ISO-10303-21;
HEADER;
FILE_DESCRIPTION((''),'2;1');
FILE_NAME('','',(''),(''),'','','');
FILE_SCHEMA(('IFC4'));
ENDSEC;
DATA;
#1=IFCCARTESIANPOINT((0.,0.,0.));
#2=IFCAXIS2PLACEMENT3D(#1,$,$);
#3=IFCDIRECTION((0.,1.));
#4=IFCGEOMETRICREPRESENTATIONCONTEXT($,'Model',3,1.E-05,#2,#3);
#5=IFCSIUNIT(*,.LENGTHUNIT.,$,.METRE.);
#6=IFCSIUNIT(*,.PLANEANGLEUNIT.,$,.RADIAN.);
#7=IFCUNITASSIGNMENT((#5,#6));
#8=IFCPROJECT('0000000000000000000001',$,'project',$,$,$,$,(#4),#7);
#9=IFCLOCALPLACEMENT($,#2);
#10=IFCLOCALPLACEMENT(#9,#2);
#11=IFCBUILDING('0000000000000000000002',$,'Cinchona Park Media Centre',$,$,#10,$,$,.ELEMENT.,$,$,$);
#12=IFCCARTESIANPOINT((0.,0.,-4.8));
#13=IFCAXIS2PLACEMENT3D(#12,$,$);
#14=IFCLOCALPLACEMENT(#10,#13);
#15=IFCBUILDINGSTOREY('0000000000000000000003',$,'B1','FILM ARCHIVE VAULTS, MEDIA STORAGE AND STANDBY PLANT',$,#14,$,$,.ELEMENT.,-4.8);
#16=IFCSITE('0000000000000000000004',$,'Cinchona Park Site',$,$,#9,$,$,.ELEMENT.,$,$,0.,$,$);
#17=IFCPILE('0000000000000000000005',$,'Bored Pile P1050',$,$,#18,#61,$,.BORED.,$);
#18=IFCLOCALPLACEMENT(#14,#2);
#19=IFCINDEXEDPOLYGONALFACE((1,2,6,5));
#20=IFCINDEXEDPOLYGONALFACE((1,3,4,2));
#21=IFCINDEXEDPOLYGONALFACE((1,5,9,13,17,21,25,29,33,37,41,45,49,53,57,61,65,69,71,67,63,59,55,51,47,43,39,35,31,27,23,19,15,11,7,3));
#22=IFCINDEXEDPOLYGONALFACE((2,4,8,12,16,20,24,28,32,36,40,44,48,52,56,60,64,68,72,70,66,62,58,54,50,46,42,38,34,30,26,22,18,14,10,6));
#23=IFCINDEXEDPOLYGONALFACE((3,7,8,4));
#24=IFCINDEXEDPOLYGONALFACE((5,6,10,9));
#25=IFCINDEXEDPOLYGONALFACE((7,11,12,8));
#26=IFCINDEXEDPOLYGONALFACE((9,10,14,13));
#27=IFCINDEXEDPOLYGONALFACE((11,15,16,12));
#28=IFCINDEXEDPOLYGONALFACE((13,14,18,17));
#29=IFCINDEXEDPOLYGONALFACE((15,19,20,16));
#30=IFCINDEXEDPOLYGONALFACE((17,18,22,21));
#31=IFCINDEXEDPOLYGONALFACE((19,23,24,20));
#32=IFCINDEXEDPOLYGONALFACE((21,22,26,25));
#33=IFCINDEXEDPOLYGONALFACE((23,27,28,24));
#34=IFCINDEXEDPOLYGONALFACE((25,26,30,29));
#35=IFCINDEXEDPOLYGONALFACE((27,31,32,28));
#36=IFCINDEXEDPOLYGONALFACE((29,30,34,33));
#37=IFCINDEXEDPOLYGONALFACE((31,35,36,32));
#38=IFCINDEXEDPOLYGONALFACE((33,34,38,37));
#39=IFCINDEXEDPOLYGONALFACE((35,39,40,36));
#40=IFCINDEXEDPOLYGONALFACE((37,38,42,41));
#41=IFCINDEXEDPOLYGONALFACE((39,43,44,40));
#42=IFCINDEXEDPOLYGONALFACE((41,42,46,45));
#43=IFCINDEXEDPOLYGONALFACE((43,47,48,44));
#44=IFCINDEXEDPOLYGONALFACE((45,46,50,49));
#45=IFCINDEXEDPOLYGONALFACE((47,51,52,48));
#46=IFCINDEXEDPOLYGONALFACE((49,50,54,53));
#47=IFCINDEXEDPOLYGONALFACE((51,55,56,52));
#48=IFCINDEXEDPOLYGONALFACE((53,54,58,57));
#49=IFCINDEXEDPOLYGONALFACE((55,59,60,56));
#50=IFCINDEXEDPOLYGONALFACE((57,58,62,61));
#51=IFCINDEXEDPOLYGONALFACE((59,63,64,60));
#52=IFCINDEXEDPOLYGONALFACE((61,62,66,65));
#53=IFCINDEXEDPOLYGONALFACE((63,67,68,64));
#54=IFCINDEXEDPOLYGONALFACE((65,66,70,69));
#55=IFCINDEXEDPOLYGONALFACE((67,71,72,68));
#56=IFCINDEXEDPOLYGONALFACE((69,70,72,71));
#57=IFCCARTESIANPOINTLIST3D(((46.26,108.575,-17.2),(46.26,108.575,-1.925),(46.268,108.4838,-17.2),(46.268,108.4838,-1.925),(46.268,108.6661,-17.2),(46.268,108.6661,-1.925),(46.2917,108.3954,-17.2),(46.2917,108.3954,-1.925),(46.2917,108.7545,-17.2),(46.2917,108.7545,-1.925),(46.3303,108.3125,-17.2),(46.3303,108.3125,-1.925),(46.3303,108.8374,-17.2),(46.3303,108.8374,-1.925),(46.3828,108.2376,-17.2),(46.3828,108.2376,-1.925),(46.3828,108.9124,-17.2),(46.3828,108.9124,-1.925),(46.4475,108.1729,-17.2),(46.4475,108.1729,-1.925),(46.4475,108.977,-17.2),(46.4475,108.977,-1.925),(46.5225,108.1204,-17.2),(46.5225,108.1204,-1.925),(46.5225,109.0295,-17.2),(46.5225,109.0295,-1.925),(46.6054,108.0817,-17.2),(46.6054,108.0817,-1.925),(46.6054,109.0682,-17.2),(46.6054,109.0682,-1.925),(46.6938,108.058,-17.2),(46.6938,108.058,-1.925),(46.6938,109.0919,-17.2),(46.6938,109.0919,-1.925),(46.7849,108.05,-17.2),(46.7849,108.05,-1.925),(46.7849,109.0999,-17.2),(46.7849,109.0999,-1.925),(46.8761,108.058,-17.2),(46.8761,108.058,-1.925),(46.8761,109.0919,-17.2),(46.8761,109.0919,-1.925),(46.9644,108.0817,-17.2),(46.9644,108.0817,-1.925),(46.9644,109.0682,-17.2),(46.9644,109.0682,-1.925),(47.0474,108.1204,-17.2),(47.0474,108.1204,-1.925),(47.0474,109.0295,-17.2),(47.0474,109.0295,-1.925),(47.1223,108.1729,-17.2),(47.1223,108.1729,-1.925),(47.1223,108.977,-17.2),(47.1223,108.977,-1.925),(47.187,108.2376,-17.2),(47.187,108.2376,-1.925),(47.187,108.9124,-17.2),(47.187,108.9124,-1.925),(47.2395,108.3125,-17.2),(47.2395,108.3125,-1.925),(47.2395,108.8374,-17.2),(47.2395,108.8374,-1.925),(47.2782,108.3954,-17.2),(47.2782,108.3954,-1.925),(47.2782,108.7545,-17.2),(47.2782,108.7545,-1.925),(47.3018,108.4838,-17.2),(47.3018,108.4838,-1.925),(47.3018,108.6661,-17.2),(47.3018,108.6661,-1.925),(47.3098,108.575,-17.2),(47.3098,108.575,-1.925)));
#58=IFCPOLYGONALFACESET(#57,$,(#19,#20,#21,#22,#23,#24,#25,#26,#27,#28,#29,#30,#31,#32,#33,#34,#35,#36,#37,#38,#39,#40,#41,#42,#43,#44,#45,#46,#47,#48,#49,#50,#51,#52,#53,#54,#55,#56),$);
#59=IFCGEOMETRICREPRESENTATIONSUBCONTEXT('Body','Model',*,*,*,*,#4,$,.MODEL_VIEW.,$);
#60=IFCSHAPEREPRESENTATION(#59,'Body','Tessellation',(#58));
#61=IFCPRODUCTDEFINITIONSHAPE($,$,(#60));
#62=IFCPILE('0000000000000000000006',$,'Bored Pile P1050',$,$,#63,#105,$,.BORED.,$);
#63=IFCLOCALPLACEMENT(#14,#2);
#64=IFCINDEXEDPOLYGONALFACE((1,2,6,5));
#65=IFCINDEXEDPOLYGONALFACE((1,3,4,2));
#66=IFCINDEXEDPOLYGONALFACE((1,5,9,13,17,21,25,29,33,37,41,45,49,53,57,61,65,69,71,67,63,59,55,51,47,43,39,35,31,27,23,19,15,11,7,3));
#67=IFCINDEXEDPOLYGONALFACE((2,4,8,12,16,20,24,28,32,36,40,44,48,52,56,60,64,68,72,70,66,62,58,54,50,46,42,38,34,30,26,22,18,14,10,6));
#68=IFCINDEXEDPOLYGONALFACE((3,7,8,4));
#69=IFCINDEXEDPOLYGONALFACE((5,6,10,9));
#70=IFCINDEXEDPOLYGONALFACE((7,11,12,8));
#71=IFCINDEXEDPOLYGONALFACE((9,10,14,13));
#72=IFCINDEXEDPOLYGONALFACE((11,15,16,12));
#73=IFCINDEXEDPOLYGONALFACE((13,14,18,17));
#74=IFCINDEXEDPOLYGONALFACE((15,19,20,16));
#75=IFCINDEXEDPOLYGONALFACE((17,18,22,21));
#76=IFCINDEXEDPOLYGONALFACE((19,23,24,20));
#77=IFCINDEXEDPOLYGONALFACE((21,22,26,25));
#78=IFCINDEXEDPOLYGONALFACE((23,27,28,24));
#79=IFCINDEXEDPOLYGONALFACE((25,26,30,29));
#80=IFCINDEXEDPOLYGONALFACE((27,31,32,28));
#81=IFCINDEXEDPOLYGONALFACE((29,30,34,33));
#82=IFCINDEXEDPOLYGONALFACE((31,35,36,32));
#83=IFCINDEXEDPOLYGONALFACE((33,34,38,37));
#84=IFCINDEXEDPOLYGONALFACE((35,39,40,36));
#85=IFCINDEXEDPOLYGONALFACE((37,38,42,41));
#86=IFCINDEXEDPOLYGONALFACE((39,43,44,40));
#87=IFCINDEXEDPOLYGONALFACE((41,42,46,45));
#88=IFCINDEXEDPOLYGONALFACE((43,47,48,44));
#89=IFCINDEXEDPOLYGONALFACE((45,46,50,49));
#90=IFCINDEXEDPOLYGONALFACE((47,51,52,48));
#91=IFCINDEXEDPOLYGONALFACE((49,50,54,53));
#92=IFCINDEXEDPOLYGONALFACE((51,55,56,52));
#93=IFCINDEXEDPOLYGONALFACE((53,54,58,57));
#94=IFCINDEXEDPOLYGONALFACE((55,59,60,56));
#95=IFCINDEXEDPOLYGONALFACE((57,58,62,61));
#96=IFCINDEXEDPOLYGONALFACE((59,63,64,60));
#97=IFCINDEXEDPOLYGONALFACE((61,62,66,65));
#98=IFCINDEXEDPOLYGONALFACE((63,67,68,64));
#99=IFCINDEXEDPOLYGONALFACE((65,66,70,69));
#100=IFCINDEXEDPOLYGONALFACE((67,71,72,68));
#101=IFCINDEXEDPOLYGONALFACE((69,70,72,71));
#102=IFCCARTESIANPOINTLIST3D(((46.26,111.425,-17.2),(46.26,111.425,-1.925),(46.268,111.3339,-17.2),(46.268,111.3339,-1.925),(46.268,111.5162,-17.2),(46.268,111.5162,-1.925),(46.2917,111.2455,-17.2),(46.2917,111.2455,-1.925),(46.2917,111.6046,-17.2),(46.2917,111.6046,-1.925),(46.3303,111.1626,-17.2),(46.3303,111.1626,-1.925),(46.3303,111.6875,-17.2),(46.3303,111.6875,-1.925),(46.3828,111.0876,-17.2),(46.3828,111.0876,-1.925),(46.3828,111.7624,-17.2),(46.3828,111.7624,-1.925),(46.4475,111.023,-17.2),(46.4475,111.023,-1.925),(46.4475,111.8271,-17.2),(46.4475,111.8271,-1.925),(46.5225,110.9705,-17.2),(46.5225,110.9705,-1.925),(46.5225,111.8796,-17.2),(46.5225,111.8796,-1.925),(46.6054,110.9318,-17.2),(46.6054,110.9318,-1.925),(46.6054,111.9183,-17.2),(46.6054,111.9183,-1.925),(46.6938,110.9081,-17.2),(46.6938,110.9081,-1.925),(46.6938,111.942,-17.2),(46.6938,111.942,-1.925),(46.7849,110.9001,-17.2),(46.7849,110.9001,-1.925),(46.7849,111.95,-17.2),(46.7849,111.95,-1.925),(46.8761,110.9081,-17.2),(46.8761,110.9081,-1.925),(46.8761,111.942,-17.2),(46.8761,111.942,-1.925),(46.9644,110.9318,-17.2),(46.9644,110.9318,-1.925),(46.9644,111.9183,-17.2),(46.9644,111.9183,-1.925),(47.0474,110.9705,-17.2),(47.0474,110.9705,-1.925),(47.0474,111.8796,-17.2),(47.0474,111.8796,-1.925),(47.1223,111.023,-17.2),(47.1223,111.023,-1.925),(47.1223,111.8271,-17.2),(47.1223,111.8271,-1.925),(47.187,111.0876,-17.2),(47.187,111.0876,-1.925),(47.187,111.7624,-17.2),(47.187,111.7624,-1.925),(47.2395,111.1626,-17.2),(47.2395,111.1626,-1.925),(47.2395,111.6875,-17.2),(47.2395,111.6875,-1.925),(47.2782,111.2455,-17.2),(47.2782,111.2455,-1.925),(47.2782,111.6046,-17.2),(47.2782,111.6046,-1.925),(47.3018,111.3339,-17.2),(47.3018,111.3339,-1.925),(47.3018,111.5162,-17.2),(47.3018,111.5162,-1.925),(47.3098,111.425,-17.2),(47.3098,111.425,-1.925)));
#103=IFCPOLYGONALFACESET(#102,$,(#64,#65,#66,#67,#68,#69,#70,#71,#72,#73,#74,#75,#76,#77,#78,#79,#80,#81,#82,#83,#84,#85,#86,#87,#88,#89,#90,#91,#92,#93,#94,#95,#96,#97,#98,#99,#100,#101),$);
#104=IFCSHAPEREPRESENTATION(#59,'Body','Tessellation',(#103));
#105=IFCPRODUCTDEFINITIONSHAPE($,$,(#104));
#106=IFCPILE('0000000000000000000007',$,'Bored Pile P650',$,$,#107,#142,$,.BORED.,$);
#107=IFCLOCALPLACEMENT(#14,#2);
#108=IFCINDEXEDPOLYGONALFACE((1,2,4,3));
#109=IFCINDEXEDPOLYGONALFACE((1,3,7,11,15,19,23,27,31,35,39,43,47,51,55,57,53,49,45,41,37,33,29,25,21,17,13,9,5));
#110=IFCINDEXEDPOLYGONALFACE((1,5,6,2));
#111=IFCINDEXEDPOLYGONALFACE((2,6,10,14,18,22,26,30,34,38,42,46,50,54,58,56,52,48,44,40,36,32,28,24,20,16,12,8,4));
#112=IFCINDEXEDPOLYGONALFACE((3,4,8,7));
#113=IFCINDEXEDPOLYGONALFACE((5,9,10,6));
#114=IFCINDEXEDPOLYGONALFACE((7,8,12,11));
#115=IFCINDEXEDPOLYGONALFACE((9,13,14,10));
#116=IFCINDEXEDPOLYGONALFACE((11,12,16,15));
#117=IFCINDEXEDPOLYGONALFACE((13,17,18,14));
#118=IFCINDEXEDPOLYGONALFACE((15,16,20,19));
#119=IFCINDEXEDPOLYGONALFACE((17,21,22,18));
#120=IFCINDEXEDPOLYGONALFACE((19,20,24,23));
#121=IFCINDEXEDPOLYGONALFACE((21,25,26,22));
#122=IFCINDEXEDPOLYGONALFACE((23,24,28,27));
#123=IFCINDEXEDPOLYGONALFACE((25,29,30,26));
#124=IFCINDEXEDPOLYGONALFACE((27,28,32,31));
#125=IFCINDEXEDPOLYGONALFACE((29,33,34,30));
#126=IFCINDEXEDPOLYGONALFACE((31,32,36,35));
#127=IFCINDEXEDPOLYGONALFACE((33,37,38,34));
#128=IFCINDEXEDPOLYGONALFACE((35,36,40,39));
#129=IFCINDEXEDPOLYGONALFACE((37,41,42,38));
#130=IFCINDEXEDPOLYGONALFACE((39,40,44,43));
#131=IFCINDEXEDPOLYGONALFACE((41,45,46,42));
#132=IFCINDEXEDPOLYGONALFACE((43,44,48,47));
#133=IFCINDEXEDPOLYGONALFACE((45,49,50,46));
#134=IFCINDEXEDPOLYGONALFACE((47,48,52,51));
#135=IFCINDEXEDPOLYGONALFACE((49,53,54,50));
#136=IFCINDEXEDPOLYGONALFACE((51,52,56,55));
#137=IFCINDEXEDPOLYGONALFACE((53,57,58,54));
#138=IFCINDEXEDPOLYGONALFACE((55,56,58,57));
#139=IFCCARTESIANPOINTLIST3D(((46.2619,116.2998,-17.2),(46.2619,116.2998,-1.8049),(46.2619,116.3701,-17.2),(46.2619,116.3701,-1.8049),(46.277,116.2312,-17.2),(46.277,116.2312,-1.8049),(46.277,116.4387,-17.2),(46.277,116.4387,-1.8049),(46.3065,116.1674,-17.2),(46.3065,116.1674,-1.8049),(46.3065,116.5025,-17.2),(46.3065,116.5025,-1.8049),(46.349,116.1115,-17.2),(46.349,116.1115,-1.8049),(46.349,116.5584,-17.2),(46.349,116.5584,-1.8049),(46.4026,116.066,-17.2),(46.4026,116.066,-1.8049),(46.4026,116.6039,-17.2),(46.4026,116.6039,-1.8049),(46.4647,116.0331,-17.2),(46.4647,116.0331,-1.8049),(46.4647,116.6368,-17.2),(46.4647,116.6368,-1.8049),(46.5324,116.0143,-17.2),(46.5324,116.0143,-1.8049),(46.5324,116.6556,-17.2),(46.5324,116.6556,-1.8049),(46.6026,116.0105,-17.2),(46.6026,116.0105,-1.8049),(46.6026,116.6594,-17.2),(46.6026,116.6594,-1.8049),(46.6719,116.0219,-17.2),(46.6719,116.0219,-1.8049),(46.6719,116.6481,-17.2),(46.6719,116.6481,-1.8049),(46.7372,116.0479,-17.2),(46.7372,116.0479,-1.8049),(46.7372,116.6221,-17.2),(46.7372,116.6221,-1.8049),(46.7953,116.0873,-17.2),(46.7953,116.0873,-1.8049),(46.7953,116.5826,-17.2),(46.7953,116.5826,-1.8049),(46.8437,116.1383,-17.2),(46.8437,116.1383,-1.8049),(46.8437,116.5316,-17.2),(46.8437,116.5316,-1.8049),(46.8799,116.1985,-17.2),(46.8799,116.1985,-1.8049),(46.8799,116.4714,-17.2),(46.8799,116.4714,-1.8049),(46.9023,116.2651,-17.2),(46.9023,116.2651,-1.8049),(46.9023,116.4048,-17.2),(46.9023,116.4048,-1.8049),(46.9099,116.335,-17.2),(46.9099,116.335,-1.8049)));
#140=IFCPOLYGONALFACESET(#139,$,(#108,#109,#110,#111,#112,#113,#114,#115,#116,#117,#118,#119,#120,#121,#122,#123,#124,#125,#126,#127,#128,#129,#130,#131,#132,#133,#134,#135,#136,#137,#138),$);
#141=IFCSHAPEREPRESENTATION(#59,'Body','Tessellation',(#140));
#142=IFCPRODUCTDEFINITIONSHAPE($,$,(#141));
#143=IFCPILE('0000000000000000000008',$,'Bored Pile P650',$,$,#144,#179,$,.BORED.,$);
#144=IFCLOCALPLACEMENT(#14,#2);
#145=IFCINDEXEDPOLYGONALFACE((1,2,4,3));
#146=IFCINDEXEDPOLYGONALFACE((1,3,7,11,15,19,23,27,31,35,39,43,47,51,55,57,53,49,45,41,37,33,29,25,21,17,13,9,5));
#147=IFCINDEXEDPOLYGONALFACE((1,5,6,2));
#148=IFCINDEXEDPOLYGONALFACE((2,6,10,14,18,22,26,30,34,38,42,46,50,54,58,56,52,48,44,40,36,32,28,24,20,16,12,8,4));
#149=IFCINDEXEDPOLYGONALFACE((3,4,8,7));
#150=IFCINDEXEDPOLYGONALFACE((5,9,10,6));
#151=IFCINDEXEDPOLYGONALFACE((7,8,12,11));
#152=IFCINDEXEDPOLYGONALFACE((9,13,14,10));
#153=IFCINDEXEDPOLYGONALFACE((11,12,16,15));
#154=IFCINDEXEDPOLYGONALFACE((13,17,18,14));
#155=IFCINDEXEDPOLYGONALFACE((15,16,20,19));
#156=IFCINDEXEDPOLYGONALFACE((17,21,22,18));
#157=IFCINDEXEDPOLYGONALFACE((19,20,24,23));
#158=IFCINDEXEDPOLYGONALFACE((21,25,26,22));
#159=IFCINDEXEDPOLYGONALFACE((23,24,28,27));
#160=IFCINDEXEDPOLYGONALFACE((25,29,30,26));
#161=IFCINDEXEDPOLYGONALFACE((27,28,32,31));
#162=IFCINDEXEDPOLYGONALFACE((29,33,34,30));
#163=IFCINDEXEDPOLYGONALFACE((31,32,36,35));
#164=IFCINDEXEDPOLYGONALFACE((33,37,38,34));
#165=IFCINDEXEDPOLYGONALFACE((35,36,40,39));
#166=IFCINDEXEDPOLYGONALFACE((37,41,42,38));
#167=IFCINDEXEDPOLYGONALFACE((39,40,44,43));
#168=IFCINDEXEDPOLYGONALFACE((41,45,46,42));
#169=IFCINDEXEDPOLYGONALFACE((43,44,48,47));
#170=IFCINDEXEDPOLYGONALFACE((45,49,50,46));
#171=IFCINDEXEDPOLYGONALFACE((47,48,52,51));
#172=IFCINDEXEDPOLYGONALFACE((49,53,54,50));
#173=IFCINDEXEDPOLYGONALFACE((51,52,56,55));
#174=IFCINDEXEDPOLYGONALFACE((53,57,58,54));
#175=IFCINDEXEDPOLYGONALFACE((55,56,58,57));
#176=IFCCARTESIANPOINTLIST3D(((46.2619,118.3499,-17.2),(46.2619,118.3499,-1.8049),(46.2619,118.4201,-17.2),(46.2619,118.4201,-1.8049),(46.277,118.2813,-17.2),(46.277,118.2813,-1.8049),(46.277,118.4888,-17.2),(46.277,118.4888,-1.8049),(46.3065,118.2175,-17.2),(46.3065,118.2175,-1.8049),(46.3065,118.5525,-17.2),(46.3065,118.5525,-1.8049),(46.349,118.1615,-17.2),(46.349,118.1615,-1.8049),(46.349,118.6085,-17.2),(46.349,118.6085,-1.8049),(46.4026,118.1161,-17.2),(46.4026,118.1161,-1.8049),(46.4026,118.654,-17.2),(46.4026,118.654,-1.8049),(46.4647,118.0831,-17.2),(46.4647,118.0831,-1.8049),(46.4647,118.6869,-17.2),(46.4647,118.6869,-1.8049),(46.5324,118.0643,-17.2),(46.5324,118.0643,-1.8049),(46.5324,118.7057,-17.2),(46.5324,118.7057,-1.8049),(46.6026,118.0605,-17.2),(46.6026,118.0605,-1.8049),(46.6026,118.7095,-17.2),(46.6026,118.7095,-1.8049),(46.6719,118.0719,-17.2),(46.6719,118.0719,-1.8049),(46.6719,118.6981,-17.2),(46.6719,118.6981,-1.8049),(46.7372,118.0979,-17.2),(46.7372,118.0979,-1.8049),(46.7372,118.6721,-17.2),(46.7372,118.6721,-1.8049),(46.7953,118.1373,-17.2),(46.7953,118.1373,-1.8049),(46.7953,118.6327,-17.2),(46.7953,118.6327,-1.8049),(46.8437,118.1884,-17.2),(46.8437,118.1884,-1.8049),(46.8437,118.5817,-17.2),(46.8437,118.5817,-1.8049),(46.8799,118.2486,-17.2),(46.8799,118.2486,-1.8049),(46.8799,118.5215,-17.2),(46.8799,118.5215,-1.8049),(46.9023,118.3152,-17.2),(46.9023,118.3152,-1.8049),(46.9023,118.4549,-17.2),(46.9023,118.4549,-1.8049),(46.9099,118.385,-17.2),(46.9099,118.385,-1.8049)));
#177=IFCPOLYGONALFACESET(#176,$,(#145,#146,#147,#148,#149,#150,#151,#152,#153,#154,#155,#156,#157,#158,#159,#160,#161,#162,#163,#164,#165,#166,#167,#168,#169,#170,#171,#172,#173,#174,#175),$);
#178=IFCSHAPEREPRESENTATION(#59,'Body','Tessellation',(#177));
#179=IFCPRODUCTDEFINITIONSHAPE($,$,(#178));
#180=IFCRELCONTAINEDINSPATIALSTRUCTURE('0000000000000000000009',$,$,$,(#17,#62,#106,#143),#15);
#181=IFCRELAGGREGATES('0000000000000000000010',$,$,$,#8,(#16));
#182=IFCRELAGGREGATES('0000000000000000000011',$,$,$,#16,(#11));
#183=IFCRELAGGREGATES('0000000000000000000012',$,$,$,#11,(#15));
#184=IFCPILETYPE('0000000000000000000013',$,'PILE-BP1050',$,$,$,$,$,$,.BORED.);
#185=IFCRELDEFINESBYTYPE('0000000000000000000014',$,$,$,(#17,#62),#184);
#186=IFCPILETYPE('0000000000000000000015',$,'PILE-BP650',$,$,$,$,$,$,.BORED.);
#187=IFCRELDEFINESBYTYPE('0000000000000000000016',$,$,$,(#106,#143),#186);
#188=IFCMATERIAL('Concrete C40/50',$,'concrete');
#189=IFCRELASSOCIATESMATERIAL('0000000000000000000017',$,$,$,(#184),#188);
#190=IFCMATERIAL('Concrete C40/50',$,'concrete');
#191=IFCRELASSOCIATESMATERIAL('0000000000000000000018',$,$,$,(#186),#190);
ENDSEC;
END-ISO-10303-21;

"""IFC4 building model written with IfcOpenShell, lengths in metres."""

from ifc_helpers import new_model, si_unit, direction, frame, origin, origin_2d, place, context, subcontext, project, spatial, circle, extrude, material, material_profile, profile_set, type_object, element, save


model = new_model("IFC4")

# Units and contexts
model_context = context("Model", 3, precision=1e-05, world=origin(), true_north=direction((0.0, 1.0)))
body_context = subcontext(model_context, "Body", "Model", "MODEL_VIEW")
ifc_project = project(units=[si_unit("LENGTHUNIT", "METRE"), si_unit("PLANEANGLEUNIT", "RADIAN")], contexts=[model_context])

# Site, building, storey
site_placement = place(None, origin())
site = spatial("IfcSite", under=ifc_project, at=site_placement, Name="Cinchona Park Site", CompositionType="ELEMENT", RefElevation=0.0)
building_placement = place(site_placement, origin())
building = spatial("IfcBuilding", under=site, at=building_placement, Name="Cinchona Park Media Centre", CompositionType="ELEMENT")
storey_placement = place(building_placement, frame((0.0, 0.0, -4.8)))
storey = spatial("IfcBuildingStorey", under=building, at=storey_placement, Name="B1", Description="FILM ARCHIVE VAULTS, MEDIA STORAGE AND STANDBY PLANT", CompositionType="ELEMENT", Elevation=-4.8)

# Piles
ifc_material_1 = material(Name="Concrete C40/50", Category="concrete")
ifc_material_profile_1 = material_profile(ifc_material_1, circle(Radius=0.5249, at=origin_2d()), Name="BORED PILE 1050")
ifc_profile_set_1 = profile_set([ifc_material_profile_1], Name="Concrete C40/50")
pile_type_1 = type_object("IfcPileType", Name="PILE-BP1050", PredefinedType="BORED", material=ifc_profile_set_1)
for number, where, z_axis, x_axis, name in (
    (1, (46.7849, 108.575, -1.925), (0.0, 0.0, -1.0), (1.0, 0.0, 0.0), "Bored Pile P1050"),
    (2, (46.7849, 111.425, -1.925), (0.0, 0.0, -1.0), (1.0, 0.0, 0.0), "Bored Pile P1050"),
):
    element("IfcPile", number, at=place(storey_placement, frame(where, z_axis=z_axis, x_axis=x_axis)), inside=storey, type_object=pile_type_1, Name=name, PredefinedType="BORED", context=body_context, shape_type="SweptSolid", body=[
        extrude(circle(Radius=0.5249, at=origin_2d()), origin(), (0.0, 0.0, 1.0), 15.2749),
    ])
ifc_material_2 = material(Name="Concrete C40/50", Category="concrete")
ifc_material_profile_2 = material_profile(ifc_material_2, circle(Radius=0.325, at=origin_2d()), Name="BORED PILE 650")
ifc_profile_set_2 = profile_set([ifc_material_profile_2], Name="Concrete C40/50")
pile_type_2 = type_object("IfcPileType", Name="PILE-BP650", PredefinedType="BORED", material=ifc_profile_set_2)
for number, where, z_axis, x_axis, name in (
    (3, (46.585, 116.335, -1.8049), (0.0, 0.0, -1.0), (1.0, 0.0, 0.0), "Bored Pile P650"),
    (4, (46.585, 118.385, -1.8049), (0.0, 0.0, -1.0), (1.0, 0.0, 0.0), "Bored Pile P650"),
):
    element("IfcPile", number, at=place(storey_placement, frame(where, z_axis=z_axis, x_axis=x_axis)), inside=storey, type_object=pile_type_2, Name=name, PredefinedType="BORED", context=body_context, shape_type="SweptSolid", body=[
        extrude(circle(Radius=0.325, at=origin_2d()), origin(), (0.0, 0.0, 1.0), 15.395),
    ])

save(model, "model.ifc")
